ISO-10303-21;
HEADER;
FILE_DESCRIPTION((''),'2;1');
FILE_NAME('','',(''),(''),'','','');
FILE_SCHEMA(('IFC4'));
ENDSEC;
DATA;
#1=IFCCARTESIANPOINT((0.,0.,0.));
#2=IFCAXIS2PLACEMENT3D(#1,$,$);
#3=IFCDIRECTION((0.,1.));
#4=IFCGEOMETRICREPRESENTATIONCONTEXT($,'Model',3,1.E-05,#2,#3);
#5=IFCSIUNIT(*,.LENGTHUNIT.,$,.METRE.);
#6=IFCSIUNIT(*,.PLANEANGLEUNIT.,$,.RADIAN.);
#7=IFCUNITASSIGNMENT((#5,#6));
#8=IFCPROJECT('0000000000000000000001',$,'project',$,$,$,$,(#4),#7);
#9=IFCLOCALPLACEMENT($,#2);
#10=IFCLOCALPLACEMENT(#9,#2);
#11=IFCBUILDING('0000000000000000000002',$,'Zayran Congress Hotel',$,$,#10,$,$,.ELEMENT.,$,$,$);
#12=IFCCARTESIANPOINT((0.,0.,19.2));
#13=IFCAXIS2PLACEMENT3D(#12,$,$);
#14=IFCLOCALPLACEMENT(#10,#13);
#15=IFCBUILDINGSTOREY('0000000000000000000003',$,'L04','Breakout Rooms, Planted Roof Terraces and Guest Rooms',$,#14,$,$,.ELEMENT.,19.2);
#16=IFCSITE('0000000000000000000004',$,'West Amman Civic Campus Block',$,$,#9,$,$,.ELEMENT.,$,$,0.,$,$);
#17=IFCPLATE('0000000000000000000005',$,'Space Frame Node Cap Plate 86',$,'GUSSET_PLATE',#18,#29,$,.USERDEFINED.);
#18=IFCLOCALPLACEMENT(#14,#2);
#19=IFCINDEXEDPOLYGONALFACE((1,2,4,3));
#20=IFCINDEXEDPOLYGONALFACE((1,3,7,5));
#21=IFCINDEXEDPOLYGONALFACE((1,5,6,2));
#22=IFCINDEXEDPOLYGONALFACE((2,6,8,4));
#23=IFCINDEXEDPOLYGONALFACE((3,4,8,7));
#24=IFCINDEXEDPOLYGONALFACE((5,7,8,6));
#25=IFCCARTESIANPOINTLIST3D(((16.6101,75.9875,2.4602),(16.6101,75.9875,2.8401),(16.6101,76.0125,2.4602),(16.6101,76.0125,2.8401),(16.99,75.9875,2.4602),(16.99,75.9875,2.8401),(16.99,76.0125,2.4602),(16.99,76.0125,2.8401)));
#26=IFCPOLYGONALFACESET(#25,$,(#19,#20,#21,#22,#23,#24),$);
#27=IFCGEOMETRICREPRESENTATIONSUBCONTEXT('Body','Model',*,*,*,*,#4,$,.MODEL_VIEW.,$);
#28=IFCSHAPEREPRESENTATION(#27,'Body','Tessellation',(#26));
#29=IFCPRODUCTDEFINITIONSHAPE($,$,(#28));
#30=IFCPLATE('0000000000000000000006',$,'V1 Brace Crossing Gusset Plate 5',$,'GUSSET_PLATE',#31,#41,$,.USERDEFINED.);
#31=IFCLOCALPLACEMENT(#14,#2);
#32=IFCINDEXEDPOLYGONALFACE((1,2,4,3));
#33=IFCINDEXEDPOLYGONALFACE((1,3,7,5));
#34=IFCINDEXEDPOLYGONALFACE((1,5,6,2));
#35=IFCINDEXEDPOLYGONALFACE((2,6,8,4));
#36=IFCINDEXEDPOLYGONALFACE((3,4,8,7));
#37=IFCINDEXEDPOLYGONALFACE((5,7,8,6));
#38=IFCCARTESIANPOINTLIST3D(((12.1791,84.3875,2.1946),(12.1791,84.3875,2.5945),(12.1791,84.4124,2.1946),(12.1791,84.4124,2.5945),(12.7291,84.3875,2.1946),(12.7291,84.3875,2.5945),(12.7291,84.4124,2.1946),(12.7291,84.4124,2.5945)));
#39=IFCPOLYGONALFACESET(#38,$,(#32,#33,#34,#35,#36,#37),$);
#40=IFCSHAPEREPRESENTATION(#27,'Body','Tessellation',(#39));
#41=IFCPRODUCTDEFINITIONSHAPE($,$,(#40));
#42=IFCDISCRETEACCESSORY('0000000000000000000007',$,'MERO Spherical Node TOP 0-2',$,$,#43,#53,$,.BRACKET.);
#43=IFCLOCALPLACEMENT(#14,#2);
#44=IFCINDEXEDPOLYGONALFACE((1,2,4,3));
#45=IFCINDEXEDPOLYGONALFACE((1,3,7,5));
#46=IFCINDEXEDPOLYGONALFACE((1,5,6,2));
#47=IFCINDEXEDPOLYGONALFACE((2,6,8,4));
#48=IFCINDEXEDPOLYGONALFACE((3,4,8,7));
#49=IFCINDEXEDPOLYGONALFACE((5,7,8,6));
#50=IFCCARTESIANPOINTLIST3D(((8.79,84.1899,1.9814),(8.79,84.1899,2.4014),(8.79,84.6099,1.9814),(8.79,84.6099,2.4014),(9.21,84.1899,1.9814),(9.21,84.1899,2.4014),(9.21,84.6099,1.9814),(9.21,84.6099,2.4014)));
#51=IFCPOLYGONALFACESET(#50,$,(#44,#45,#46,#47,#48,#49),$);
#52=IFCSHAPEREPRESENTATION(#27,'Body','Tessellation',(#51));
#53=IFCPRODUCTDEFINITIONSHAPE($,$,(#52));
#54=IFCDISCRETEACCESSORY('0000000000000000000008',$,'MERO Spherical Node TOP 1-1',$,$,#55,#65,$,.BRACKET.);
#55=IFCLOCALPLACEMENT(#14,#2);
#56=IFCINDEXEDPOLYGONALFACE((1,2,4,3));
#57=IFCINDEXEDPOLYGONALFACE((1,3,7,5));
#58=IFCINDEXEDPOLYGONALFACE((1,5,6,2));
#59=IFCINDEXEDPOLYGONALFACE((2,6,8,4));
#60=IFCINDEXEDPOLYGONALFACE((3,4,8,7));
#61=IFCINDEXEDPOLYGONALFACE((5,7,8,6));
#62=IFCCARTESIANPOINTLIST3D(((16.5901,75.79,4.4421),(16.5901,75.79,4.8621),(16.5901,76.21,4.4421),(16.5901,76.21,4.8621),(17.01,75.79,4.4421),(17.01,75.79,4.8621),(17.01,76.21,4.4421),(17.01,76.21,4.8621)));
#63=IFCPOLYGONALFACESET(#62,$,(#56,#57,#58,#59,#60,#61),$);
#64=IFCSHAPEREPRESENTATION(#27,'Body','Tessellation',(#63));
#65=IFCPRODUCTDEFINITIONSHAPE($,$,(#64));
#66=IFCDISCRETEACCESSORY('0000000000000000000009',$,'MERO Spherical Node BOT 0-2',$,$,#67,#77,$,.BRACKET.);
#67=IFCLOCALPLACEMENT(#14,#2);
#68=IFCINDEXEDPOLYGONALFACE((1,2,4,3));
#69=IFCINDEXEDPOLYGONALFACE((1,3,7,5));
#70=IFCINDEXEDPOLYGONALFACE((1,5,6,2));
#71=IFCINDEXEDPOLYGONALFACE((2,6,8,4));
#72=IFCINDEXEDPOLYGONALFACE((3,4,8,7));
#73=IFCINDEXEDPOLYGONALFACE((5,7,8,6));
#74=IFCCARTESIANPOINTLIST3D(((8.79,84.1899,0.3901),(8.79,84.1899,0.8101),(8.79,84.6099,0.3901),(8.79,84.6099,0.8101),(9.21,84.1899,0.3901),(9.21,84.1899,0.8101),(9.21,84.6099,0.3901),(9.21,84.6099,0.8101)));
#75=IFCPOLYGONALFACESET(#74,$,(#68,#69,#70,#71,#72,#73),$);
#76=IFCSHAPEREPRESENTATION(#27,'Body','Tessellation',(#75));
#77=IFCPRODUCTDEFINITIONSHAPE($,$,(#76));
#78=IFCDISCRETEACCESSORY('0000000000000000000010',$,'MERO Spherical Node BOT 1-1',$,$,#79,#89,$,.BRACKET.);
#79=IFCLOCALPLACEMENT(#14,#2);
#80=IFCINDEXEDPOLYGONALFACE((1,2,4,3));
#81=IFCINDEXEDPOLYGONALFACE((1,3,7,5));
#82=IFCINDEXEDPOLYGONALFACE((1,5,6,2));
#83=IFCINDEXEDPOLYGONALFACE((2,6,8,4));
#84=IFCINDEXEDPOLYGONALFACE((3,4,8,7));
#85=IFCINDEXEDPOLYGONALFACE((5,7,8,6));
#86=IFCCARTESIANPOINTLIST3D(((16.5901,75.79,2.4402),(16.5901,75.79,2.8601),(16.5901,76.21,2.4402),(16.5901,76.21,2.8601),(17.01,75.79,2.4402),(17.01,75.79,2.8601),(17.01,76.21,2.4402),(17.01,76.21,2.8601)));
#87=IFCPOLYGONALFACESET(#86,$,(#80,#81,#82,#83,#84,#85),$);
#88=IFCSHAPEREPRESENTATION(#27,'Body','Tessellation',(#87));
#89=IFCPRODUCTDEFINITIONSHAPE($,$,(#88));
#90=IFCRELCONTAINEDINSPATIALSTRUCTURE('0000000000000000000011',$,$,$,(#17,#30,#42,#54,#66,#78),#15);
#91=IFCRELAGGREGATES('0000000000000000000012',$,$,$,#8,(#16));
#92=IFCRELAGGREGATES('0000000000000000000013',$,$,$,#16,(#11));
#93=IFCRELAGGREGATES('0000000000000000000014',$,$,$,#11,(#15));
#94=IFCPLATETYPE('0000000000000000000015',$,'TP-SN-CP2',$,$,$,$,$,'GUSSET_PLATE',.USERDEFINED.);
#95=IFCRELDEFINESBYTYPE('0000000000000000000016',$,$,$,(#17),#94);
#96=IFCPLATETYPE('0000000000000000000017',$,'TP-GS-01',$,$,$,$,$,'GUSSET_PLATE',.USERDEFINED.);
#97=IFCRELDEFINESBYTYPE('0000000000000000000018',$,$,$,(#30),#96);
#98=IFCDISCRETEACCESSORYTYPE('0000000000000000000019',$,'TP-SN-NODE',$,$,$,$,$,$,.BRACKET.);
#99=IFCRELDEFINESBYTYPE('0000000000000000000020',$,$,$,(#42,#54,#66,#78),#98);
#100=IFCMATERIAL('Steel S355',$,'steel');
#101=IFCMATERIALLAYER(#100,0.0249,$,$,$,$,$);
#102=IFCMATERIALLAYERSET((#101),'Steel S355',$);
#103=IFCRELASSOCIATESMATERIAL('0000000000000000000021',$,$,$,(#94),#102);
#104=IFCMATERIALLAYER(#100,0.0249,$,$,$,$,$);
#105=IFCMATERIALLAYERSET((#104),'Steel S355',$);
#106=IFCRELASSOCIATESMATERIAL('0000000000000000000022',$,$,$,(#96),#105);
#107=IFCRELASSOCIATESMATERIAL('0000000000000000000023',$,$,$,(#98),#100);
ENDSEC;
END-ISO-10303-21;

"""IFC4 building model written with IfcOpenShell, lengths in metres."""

from ifc_helpers import new_model, si_unit, direction, frame, origin, origin_2d, place, context, subcontext, project, spatial, rectangle, extrude, material, layer, layer_set, type_object, element, save


model = new_model("IFC4")

# Units and contexts
model_context = context("Model", 3, precision=1e-05, world=origin(), true_north=direction((0.0, 1.0)))
body_context = subcontext(model_context, "Body", "Model", "MODEL_VIEW")
ifc_project = project(units=[si_unit("LENGTHUNIT", "METRE"), si_unit("PLANEANGLEUNIT", "RADIAN")], contexts=[model_context])

# Site, building, storey
site_placement = place(None, origin())
site = spatial("IfcSite", under=ifc_project, at=site_placement, Name="West Amman Civic Campus Block", CompositionType="ELEMENT", RefElevation=0.0)
building_placement = place(site_placement, origin())
building = spatial("IfcBuilding", under=site, at=building_placement, Name="Zayran Congress Hotel", CompositionType="ELEMENT")
storey_placement = place(building_placement, frame((0.0, 0.0, 19.2)))
storey = spatial("IfcBuildingStorey", under=building, at=storey_placement, Name="L04", Description="Breakout Rooms, Planted Roof Terraces and Guest Rooms", CompositionType="ELEMENT", Elevation=19.2)

# Shared definitions
ifc_material = material(Name="Steel S355", Category="steel")

# Plates
ifc_layer_1 = layer(ifc_material, 0.0249)
ifc_layer_set_1 = layer_set([ifc_layer_1], Name="Steel S355")
plate_type_1 = type_object("IfcPlateType", Name="TP-SN-CP2", ElementType="GUSSET_PLATE", PredefinedType="USERDEFINED", material=ifc_layer_set_1)
for number, where, z_axis, x_axis, name in (
    (1, (16.8, 76.0, 2.4602), (0.0, 0.0, 1.0), (1.0, 0.0, 0.0), "Space Frame Node Cap Plate 86"),
):
    element("IfcPlate", number, at=place(storey_placement, frame(where, z_axis=z_axis, x_axis=x_axis)), inside=storey, type_object=plate_type_1, Name=name, ObjectType="GUSSET_PLATE", PredefinedType="USERDEFINED", context=body_context, shape_type="SweptSolid", body=[
        extrude(rectangle(XDim=0.3799, YDim=0.0249, at=origin_2d()), origin(), (0.0, 0.0, 1.0), 0.3799),
    ])
ifc_layer_2 = layer(ifc_material, 0.0249)
ifc_layer_set_2 = layer_set([ifc_layer_2], Name="Steel S355")
plate_type_2 = type_object("IfcPlateType", Name="TP-GS-01", ElementType="GUSSET_PLATE", PredefinedType="USERDEFINED", material=ifc_layer_set_2)
plate_placement = place(storey_placement, frame((12.4541, 84.3999, 2.1946), z_axis=(0.0, 0.0, 1.0), x_axis=(1.0, 0.0, 0.0)))
element("IfcPlate", 2, at=plate_placement, inside=storey, type_object=plate_type_2, Name="V1 Brace Crossing Gusset Plate 5", ObjectType="GUSSET_PLATE", PredefinedType="USERDEFINED", context=body_context, shape_type="SweptSolid", body=[
    extrude(rectangle(XDim=0.55, YDim=0.0249, at=origin_2d()), origin(), (0.0, 0.0, 1.0), 0.3999),
])

# Discrete accessories
discrete_accessory_type = type_object("IfcDiscreteAccessoryType", Name="TP-SN-NODE", PredefinedType="BRACKET", material=ifc_material)
for number, where, z_axis, x_axis, name in (
    (3, (9.0, 84.3999, 1.9814), (0.0, 0.0, 1.0), (1.0, 0.0, 0.0), "MERO Spherical Node TOP 0-2"),
    (4, (16.8, 76.0, 4.4421), (0.0, 0.0, 1.0), (1.0, 0.0, 0.0), "MERO Spherical Node TOP 1-1"),
    (5, (9.0, 84.3999, 0.3901), (0.0, 0.0, 1.0), (1.0, 0.0, 0.0), "MERO Spherical Node BOT 0-2"),
    (6, (16.8, 76.0, 2.4402), (0.0, 0.0, 1.0), (1.0, 0.0, 0.0), "MERO Spherical Node BOT 1-1"),
):
    element("IfcDiscreteAccessory", number, at=place(storey_placement, frame(where, z_axis=z_axis, x_axis=x_axis)), inside=storey, type_object=discrete_accessory_type, Name=name, PredefinedType="BRACKET", context=body_context, shape_type="SweptSolid", body=[
        extrude(rectangle(XDim=0.4199, YDim=0.4199, at=origin_2d()), origin(), (0.0, 0.0, 1.0), 0.4199),
    ])

save(model, "model.ifc")
